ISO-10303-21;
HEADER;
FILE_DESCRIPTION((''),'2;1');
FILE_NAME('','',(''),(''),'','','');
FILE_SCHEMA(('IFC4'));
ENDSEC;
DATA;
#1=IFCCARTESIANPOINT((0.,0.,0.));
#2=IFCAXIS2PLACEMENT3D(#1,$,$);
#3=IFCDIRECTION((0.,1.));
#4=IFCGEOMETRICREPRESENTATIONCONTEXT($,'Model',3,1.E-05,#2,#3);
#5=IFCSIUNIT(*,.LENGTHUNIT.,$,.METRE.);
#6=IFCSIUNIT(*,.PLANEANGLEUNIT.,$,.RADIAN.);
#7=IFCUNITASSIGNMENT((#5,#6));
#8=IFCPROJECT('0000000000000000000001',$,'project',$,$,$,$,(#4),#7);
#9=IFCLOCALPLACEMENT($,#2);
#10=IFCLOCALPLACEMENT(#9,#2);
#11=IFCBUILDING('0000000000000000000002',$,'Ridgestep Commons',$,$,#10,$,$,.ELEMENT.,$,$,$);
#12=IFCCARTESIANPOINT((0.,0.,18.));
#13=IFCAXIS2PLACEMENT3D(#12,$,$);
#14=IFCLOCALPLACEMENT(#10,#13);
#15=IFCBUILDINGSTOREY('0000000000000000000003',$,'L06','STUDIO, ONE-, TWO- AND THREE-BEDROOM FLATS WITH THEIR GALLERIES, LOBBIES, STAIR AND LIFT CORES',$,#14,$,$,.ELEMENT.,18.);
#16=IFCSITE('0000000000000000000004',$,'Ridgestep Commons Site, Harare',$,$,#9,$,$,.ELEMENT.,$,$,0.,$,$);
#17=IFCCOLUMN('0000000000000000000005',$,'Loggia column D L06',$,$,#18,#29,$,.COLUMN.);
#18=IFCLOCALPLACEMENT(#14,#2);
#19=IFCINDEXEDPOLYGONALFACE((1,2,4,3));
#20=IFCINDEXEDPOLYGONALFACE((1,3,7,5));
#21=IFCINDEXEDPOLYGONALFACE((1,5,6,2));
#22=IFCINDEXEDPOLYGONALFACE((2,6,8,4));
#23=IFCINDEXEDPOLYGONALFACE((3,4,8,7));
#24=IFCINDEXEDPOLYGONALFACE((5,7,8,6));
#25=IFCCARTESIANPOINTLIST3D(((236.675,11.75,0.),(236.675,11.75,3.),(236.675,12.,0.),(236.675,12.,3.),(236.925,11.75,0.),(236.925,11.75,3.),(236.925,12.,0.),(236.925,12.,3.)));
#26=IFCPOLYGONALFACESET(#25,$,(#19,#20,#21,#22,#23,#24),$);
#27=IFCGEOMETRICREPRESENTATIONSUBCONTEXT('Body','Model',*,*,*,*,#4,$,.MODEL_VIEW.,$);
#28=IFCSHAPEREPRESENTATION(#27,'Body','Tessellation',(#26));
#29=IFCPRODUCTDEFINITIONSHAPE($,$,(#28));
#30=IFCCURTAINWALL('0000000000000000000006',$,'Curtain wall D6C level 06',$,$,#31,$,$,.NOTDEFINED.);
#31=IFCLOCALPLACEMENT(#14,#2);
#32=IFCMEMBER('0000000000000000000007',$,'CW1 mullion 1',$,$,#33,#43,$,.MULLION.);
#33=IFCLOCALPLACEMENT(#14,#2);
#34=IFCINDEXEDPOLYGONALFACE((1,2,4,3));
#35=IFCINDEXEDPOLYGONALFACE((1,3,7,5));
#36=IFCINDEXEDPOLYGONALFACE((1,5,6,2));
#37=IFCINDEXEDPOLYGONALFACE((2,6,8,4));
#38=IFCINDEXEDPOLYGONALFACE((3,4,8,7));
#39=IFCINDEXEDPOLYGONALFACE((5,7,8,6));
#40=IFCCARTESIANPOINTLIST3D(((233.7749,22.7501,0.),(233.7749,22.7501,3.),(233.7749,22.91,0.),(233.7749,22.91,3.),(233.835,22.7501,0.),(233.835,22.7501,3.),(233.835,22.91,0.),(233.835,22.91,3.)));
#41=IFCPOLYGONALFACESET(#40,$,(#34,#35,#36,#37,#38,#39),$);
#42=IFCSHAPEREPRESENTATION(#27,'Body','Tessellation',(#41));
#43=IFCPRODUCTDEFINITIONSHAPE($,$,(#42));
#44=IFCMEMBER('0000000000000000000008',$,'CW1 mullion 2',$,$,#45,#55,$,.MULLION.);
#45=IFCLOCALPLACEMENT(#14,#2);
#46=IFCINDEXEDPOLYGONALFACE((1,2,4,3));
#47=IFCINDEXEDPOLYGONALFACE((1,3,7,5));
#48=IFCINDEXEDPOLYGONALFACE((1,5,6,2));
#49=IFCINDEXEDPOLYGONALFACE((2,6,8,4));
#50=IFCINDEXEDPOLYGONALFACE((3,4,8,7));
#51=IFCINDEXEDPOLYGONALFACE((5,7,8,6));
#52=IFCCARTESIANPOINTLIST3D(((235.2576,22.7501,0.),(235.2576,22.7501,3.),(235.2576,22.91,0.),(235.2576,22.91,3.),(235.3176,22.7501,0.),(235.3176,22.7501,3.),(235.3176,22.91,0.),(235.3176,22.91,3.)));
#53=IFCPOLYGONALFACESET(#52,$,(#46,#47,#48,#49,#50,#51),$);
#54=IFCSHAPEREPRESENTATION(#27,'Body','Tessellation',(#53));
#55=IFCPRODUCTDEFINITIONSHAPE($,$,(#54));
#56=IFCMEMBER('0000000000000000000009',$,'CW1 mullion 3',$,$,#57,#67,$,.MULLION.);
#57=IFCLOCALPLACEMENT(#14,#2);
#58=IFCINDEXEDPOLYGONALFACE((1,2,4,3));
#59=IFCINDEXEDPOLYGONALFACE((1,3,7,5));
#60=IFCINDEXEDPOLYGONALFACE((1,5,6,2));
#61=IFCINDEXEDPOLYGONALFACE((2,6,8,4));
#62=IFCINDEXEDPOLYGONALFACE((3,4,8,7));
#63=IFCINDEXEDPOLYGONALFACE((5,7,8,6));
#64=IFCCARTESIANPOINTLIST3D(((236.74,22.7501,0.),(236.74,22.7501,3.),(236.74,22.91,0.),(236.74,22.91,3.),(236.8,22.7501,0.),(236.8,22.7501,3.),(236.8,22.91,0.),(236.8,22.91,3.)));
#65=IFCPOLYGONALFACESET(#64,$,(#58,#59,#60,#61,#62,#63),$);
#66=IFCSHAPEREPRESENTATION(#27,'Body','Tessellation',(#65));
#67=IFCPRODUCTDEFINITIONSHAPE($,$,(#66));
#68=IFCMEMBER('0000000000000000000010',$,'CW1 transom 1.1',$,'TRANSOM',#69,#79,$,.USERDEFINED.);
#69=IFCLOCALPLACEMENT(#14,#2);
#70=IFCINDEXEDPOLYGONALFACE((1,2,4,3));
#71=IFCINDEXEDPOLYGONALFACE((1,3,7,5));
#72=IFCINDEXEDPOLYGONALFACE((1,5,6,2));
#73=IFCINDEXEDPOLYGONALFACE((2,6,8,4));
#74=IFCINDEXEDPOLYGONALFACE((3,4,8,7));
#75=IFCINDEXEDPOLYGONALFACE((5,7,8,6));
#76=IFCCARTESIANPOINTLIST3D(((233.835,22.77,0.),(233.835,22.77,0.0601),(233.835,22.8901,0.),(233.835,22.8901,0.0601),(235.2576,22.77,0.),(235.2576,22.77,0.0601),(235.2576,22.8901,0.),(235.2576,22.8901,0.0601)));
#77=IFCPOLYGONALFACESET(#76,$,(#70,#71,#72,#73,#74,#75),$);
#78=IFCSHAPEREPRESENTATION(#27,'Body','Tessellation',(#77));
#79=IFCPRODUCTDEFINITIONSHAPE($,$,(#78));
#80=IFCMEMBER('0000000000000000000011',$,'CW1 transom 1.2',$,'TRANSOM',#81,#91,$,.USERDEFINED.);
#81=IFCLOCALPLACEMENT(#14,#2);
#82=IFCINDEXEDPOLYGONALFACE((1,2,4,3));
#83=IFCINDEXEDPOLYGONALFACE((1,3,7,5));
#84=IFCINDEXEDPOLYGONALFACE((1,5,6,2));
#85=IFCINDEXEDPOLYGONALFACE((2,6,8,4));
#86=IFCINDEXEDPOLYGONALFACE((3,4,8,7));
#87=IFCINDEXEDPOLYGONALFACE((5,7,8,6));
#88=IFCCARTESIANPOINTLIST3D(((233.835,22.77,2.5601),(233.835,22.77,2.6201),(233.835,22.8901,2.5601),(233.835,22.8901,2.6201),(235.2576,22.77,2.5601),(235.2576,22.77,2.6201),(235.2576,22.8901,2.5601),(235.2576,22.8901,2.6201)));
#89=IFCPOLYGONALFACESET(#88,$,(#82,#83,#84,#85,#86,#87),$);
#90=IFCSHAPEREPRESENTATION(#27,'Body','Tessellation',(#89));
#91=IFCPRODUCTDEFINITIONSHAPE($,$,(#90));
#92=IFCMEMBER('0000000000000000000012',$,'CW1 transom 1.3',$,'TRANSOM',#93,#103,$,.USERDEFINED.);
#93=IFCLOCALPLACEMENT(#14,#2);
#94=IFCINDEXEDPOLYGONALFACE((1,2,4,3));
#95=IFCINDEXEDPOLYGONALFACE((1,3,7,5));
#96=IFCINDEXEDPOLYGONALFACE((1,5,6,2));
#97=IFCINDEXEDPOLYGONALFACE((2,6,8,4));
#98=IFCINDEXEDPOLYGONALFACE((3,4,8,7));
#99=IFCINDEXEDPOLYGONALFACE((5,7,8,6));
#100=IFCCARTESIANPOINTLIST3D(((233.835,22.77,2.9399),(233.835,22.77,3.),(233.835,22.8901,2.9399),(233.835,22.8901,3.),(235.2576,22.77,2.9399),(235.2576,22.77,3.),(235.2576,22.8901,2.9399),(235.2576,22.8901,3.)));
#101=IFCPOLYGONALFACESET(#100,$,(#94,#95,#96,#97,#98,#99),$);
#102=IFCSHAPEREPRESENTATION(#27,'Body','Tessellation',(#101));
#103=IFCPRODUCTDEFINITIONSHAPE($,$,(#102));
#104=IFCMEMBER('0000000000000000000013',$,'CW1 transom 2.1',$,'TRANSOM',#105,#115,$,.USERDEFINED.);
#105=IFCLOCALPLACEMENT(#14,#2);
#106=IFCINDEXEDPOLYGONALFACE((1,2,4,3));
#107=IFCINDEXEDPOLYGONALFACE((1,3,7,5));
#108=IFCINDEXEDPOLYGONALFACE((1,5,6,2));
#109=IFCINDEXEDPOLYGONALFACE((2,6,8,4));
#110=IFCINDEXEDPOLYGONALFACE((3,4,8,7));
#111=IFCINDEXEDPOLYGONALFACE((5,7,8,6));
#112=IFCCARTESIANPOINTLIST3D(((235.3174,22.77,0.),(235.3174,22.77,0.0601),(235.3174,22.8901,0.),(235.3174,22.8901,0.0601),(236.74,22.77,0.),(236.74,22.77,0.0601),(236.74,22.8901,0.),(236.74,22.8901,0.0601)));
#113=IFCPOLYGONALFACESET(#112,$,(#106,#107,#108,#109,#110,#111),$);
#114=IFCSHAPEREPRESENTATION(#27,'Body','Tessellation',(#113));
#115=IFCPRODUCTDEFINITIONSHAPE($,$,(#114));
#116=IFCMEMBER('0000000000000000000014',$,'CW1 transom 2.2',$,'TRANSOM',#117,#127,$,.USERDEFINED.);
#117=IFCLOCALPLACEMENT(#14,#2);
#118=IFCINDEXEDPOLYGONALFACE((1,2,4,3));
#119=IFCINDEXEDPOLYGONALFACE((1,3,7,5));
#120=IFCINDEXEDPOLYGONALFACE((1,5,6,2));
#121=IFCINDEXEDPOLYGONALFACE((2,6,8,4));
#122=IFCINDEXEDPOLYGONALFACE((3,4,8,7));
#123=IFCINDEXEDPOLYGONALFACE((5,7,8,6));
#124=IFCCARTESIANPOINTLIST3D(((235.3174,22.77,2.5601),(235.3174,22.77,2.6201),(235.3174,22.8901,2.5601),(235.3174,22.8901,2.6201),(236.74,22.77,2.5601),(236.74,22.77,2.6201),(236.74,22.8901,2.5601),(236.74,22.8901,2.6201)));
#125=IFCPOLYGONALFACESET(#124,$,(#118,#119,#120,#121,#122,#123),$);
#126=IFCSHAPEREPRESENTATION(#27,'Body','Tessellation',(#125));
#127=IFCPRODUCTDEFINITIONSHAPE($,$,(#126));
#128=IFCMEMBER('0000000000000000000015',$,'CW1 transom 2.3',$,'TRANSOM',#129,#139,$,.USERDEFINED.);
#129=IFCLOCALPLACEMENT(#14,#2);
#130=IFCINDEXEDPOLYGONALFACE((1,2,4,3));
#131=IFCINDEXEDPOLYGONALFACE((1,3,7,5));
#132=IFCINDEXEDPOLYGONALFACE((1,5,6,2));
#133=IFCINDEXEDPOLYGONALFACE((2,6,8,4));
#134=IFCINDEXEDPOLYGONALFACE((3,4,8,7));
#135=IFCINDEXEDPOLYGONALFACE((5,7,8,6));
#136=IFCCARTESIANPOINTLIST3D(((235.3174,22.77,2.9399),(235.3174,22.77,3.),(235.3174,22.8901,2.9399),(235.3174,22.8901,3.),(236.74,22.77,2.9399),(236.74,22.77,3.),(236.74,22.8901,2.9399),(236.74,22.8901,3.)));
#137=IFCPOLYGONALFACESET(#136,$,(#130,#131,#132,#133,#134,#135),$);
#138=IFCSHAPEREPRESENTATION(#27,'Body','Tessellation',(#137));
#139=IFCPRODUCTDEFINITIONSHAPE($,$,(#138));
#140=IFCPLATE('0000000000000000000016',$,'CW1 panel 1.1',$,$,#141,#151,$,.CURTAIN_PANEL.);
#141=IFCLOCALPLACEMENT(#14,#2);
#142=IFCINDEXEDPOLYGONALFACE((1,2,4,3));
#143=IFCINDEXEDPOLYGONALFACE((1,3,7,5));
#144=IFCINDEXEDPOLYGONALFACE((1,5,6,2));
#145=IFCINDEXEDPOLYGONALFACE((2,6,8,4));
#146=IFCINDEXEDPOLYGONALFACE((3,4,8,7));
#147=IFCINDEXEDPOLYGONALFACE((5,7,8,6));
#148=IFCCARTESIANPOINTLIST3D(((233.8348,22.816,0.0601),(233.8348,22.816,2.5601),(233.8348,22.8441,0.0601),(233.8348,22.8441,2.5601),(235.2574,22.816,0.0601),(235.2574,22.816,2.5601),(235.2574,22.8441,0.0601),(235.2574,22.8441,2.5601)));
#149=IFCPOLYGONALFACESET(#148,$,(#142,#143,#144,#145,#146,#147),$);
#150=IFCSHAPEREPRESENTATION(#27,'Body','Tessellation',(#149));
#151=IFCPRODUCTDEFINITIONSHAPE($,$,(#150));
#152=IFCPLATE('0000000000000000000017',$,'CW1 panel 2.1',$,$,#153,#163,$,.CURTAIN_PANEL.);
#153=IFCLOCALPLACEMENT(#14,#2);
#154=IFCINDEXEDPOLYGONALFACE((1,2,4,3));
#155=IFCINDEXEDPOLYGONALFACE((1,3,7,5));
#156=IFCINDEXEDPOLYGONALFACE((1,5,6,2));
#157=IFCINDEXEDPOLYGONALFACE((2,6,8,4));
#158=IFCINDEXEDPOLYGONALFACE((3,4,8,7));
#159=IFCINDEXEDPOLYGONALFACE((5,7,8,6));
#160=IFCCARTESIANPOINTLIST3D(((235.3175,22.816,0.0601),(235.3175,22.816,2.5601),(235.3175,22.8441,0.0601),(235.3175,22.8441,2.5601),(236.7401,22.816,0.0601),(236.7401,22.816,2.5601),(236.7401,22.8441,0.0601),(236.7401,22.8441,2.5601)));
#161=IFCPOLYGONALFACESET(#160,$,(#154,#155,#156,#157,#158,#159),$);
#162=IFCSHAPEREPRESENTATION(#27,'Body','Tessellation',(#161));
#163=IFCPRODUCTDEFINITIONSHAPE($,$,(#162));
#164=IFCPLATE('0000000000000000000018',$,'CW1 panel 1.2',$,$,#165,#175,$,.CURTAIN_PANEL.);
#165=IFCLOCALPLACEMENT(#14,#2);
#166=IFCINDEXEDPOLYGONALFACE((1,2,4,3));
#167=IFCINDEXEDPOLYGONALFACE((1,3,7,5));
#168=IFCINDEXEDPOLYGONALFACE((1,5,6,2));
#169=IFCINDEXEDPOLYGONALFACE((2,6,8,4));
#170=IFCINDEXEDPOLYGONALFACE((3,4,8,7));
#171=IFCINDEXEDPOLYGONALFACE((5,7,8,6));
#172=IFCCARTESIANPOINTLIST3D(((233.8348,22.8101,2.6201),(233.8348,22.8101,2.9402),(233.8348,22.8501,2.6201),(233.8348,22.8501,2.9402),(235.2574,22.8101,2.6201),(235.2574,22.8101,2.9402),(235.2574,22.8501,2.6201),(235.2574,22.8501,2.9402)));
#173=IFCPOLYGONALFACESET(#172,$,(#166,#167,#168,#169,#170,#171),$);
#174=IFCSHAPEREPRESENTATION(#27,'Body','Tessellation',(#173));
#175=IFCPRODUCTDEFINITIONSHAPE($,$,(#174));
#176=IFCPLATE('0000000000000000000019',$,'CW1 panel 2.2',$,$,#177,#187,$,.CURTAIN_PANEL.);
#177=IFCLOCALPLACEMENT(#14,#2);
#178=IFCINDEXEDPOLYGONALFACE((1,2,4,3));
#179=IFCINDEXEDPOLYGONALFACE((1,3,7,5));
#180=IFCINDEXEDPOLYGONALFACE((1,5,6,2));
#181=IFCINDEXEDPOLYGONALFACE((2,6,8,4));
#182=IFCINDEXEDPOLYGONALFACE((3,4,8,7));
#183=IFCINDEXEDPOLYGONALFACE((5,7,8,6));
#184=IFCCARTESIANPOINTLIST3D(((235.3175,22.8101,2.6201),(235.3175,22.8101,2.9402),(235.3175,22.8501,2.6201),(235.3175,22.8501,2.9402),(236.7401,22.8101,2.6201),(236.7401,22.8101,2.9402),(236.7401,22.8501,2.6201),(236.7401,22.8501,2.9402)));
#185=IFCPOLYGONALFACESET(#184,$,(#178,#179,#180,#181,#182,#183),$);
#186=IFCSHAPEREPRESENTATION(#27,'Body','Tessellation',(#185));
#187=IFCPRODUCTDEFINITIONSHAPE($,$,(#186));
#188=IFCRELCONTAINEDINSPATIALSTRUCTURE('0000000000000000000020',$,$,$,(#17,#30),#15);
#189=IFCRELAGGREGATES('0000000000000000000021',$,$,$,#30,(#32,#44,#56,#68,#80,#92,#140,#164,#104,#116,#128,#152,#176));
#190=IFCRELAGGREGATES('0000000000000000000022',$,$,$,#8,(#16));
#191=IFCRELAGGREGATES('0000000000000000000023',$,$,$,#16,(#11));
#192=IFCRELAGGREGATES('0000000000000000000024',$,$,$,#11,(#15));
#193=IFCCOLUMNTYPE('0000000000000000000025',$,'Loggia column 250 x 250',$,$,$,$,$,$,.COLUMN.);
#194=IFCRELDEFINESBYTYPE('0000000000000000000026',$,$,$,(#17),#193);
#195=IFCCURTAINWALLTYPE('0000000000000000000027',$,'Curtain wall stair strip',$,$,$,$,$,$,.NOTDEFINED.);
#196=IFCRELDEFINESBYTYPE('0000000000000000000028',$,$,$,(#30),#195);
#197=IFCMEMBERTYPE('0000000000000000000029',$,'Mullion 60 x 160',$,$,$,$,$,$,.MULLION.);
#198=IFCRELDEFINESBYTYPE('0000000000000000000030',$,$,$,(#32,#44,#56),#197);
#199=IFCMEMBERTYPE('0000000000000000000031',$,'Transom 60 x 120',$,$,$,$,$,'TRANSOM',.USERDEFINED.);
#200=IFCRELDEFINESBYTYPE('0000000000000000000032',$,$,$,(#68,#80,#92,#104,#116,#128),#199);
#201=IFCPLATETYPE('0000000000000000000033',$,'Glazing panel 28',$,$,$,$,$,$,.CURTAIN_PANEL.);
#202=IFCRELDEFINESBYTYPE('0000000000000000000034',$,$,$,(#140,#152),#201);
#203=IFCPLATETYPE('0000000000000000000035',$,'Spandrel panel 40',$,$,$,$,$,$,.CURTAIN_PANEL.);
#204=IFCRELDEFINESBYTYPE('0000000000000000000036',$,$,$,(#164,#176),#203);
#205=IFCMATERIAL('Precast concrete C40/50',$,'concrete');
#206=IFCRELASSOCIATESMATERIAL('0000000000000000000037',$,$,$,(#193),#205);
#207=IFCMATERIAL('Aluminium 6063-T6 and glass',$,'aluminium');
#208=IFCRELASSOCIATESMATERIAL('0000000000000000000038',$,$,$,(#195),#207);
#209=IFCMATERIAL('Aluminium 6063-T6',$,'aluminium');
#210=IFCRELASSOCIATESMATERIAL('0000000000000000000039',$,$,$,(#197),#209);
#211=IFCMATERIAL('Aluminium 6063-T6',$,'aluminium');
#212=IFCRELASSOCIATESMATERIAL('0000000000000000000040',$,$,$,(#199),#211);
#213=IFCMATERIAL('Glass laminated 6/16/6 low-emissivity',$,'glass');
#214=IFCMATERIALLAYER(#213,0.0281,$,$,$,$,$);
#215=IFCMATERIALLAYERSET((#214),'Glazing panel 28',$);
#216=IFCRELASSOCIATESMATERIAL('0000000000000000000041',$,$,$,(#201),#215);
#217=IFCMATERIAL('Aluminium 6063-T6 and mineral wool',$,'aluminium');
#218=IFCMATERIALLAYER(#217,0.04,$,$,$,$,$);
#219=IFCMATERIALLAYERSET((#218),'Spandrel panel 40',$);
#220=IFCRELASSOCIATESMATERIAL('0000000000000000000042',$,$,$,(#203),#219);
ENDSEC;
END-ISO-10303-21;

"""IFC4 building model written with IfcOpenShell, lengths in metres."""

from ifc_helpers import new_model, si_unit, direction, frame, origin, origin_2d, place, context, subcontext, project, spatial, rectangle, extrude, material, layer, layer_set, material_profile, profile_set, type_object, element, aggregate, save


model = new_model("IFC4")

# Units and contexts
model_context = context("Model", 3, precision=1e-05, world=origin(), true_north=direction((0.0, 1.0)))
body_context = subcontext(model_context, "Body", "Model", "MODEL_VIEW")
ifc_project = project(units=[si_unit("LENGTHUNIT", "METRE"), si_unit("PLANEANGLEUNIT", "RADIAN")], contexts=[model_context])

# Site, building, storey
site_placement = place(None, origin())
site = spatial("IfcSite", under=ifc_project, at=site_placement, Name="Ridgestep Commons Site, Harare", CompositionType="ELEMENT", RefElevation=0.0)
building_placement = place(site_placement, origin())
building = spatial("IfcBuilding", under=site, at=building_placement, Name="Ridgestep Commons", CompositionType="ELEMENT")
storey_placement = place(building_placement, frame((0.0, 0.0, 18.0)))
storey = spatial("IfcBuildingStorey", under=building, at=storey_placement, Name="L06", Description="STUDIO, ONE-, TWO- AND THREE-BEDROOM FLATS WITH THEIR GALLERIES, LOBBIES, STAIR AND LIFT CORES", CompositionType="ELEMENT", Elevation=18.0)

# Column
ifc_material_1 = material(Name="Precast concrete C40/50", Category="concrete")
ifc_material_profile_1 = material_profile(ifc_material_1, rectangle(XDim=0.25, YDim=0.25, at=origin_2d()), Name="PC 250x250")
ifc_profile_set_1 = profile_set([ifc_material_profile_1], Name="Precast concrete C40/50")
column_type = type_object("IfcColumnType", Name="Loggia column 250 x 250", PredefinedType="COLUMN", material=ifc_profile_set_1)
column_placement = place(storey_placement, frame((236.8, 11.875, 0.0), z_axis=(0.0, 0.0, 1.0), x_axis=(1.0, 0.0, 0.0)))
element("IfcColumn", 1, at=column_placement, inside=storey, type_object=column_type, Name="Loggia column D L06", PredefinedType="COLUMN", context=body_context, shape_type="SweptSolid", body=[
    extrude(rectangle(XDim=0.25, YDim=0.25, at=origin_2d()), origin(), (0.0, 0.0, 1.0), 3.0),
])

# Curtain wall, members, plates
ifc_material_2 = material(Name="Aluminium 6063-T6 and glass", Category="aluminium")
curtain_wall_type = type_object("IfcCurtainWallType", Name="Curtain wall stair strip", PredefinedType="NOTDEFINED", material=ifc_material_2)
curtain_wall_placement = place(storey_placement, origin())
curtain_wall = element("IfcCurtainWall", 2, at=curtain_wall_placement, inside=storey, type_object=curtain_wall_type, Name="Curtain wall D6C level 06", PredefinedType="NOTDEFINED")
ifc_material_3 = material(Name="Aluminium 6063-T6", Category="aluminium")
ifc_material_profile_2 = material_profile(ifc_material_3, rectangle(XDim=0.1599, YDim=0.0601, at=origin_2d()), Name="Mullion 60 x 160")
ifc_profile_set_2 = profile_set([ifc_material_profile_2], Name="Aluminium 6063-T6")
member_type_1 = type_object("IfcMemberType", Name="Mullion 60 x 160", PredefinedType="MULLION", material=ifc_profile_set_2)
member_1_placement = place(storey_placement, frame((233.8049, 22.8301, 0.0), z_axis=(0.0, 0.0, 1.0), x_axis=(0.0, 1.0, 0.0)))
member_1 = element("IfcMember", 3, at=member_1_placement, type_object=member_type_1, Name="CW1 mullion 1", PredefinedType="MULLION", context=body_context, shape_type="SweptSolid", body=[
    extrude(rectangle(XDim=0.1599, YDim=0.0601, at=origin_2d()), origin(), (0.0, 0.0, 1.0), 3.0),
])
member_2_placement = place(storey_placement, frame((235.2876, 22.8301, 0.0), z_axis=(0.0, 0.0, 1.0), x_axis=(0.0, 1.0, 0.0)))
member_2 = element("IfcMember", 4, at=member_2_placement, type_object=member_type_1, Name="CW1 mullion 2", PredefinedType="MULLION", context=body_context, shape_type="SweptSolid", body=[
    extrude(rectangle(XDim=0.1599, YDim=0.0601, at=origin_2d()), origin(), (0.0, 0.0, 1.0), 3.0),
])
member_3_placement = place(storey_placement, frame((236.77, 22.8301, 0.0), z_axis=(0.0, 0.0, 1.0), x_axis=(0.0, 1.0, 0.0)))
member_3 = element("IfcMember", 5, at=member_3_placement, type_object=member_type_1, Name="CW1 mullion 3", PredefinedType="MULLION", context=body_context, shape_type="SweptSolid", body=[
    extrude(rectangle(XDim=0.1599, YDim=0.0601, at=origin_2d()), origin(), (0.0, 0.0, 1.0), 3.0),
])
ifc_material_4 = material(Name="Aluminium 6063-T6", Category="aluminium")
ifc_material_profile_3 = material_profile(ifc_material_4, rectangle(XDim=0.1201, YDim=0.0601, at=origin_2d()), Name="Transom 60 x 120")
ifc_profile_set_3 = profile_set([ifc_material_profile_3], Name="Aluminium 6063-T6")
member_type_2 = type_object("IfcMemberType", Name="Transom 60 x 120", ElementType="TRANSOM", PredefinedType="USERDEFINED", material=ifc_profile_set_3)
member_4_placement = place(storey_placement, frame((233.835, 22.8301, 0.03), z_axis=(1.0, 0.0, 0.0), x_axis=(0.0, 1.0, 0.0)))
member_4 = element("IfcMember", 6, at=member_4_placement, type_object=member_type_2, Name="CW1 transom 1.1", ObjectType="TRANSOM", PredefinedType="USERDEFINED", context=body_context, shape_type="SweptSolid", body=[
    extrude(rectangle(XDim=0.1201, YDim=0.0601, at=origin_2d()), origin(), (0.0, 0.0, 1.0), 1.4226),
])
member_5_placement = place(storey_placement, frame((233.835, 22.8301, 2.5901), z_axis=(1.0, 0.0, 0.0), x_axis=(0.0, 1.0, 0.0)))
member_5 = element("IfcMember", 7, at=member_5_placement, type_object=member_type_2, Name="CW1 transom 1.2", ObjectType="TRANSOM", PredefinedType="USERDEFINED", context=body_context, shape_type="SweptSolid", body=[
    extrude(rectangle(XDim=0.1201, YDim=0.0601, at=origin_2d()), origin(), (0.0, 0.0, 1.0), 1.4226),
])
member_6_placement = place(storey_placement, frame((233.835, 22.8301, 2.97), z_axis=(1.0, 0.0, 0.0), x_axis=(0.0, 1.0, 0.0)))
member_6 = element("IfcMember", 8, at=member_6_placement, type_object=member_type_2, Name="CW1 transom 1.3", ObjectType="TRANSOM", PredefinedType="USERDEFINED", context=body_context, shape_type="SweptSolid", body=[
    extrude(rectangle(XDim=0.1201, YDim=0.0601, at=origin_2d()), origin(), (0.0, 0.0, 1.0), 1.4226),
])
member_7_placement = place(storey_placement, frame((235.3174, 22.8301, 0.03), z_axis=(1.0, 0.0, 0.0), x_axis=(0.0, 1.0, 0.0)))
member_7 = element("IfcMember", 9, at=member_7_placement, type_object=member_type_2, Name="CW1 transom 2.1", ObjectType="TRANSOM", PredefinedType="USERDEFINED", context=body_context, shape_type="SweptSolid", body=[
    extrude(rectangle(XDim=0.1201, YDim=0.0601, at=origin_2d()), origin(), (0.0, 0.0, 1.0), 1.4226),
])
member_8_placement = place(storey_placement, frame((235.3174, 22.8301, 2.5901), z_axis=(1.0, 0.0, 0.0), x_axis=(0.0, 1.0, 0.0)))
member_8 = element("IfcMember", 10, at=member_8_placement, type_object=member_type_2, Name="CW1 transom 2.2", ObjectType="TRANSOM", PredefinedType="USERDEFINED", context=body_context, shape_type="SweptSolid", body=[
    extrude(rectangle(XDim=0.1201, YDim=0.0601, at=origin_2d()), origin(), (0.0, 0.0, 1.0), 1.4226),
])
member_9_placement = place(storey_placement, frame((235.3174, 22.8301, 2.97), z_axis=(1.0, 0.0, 0.0), x_axis=(0.0, 1.0, 0.0)))
member_9 = element("IfcMember", 11, at=member_9_placement, type_object=member_type_2, Name="CW1 transom 2.3", ObjectType="TRANSOM", PredefinedType="USERDEFINED", context=body_context, shape_type="SweptSolid", body=[
    extrude(rectangle(XDim=0.1201, YDim=0.0601, at=origin_2d()), origin(), (0.0, 0.0, 1.0), 1.4226),
])
ifc_material_5 = material(Name="Glass laminated 6/16/6 low-emissivity", Category="glass")
ifc_layer_1 = layer(ifc_material_5, 0.0281)
ifc_layer_set_1 = layer_set([ifc_layer_1], Name="Glazing panel 28")
plate_type_1 = type_object("IfcPlateType", Name="Glazing panel 28", PredefinedType="CURTAIN_PANEL", material=ifc_layer_set_1)
plate_1_placement = place(storey_placement, frame((234.5461, 22.8301, 0.0601), z_axis=(0.0, 0.0, 1.0), x_axis=(1.0, 0.0, 0.0)))
plate_1 = element("IfcPlate", 12, at=plate_1_placement, type_object=plate_type_1, Name="CW1 panel 1.1", PredefinedType="CURTAIN_PANEL", context=body_context, shape_type="SweptSolid", body=[
    extrude(rectangle(XDim=1.4226, YDim=0.0281, at=origin_2d()), origin(), (0.0, 0.0, 1.0), 2.5),
])
plate_2_placement = place(storey_placement, frame((236.0288, 22.8301, 0.0601), z_axis=(0.0, 0.0, 1.0), x_axis=(1.0, 0.0, 0.0)))
plate_2 = element("IfcPlate", 13, at=plate_2_placement, type_object=plate_type_1, Name="CW1 panel 2.1", PredefinedType="CURTAIN_PANEL", context=body_context, shape_type="SweptSolid", body=[
    extrude(rectangle(XDim=1.4226, YDim=0.0281, at=origin_2d()), origin(), (0.0, 0.0, 1.0), 2.5),
])
ifc_material_6 = material(Name="Aluminium 6063-T6 and mineral wool", Category="aluminium")
ifc_layer_2 = layer(ifc_material_6, 0.04)
ifc_layer_set_2 = layer_set([ifc_layer_2], Name="Spandrel panel 40")
plate_type_2 = type_object("IfcPlateType", Name="Spandrel panel 40", PredefinedType="CURTAIN_PANEL", material=ifc_layer_set_2)
plate_3_placement = place(storey_placement, frame((234.5461, 22.8301, 2.6201), z_axis=(0.0, 0.0, 1.0), x_axis=(1.0, 0.0, 0.0)))
plate_3 = element("IfcPlate", 14, at=plate_3_placement, type_object=plate_type_2, Name="CW1 panel 1.2", PredefinedType="CURTAIN_PANEL", context=body_context, shape_type="SweptSolid", body=[
    extrude(rectangle(XDim=1.4226, YDim=0.04, at=origin_2d()), origin(), (0.0, 0.0, 1.0), 0.3201),
])
plate_4_placement = place(storey_placement, frame((236.0288, 22.8301, 2.6201), z_axis=(0.0, 0.0, 1.0), x_axis=(1.0, 0.0, 0.0)))
plate_4 = element("IfcPlate", 15, at=plate_4_placement, type_object=plate_type_2, Name="CW1 panel 2.2", PredefinedType="CURTAIN_PANEL", context=body_context, shape_type="SweptSolid", body=[
    extrude(rectangle(XDim=1.4226, YDim=0.04, at=origin_2d()), origin(), (0.0, 0.0, 1.0), 0.3201),
])
aggregate(curtain_wall, [member_1, member_2, member_3, member_4, member_5, member_6, plate_1, plate_3, member_7, member_8, member_9, plate_2, plate_4])

save(model, "model.ifc")
